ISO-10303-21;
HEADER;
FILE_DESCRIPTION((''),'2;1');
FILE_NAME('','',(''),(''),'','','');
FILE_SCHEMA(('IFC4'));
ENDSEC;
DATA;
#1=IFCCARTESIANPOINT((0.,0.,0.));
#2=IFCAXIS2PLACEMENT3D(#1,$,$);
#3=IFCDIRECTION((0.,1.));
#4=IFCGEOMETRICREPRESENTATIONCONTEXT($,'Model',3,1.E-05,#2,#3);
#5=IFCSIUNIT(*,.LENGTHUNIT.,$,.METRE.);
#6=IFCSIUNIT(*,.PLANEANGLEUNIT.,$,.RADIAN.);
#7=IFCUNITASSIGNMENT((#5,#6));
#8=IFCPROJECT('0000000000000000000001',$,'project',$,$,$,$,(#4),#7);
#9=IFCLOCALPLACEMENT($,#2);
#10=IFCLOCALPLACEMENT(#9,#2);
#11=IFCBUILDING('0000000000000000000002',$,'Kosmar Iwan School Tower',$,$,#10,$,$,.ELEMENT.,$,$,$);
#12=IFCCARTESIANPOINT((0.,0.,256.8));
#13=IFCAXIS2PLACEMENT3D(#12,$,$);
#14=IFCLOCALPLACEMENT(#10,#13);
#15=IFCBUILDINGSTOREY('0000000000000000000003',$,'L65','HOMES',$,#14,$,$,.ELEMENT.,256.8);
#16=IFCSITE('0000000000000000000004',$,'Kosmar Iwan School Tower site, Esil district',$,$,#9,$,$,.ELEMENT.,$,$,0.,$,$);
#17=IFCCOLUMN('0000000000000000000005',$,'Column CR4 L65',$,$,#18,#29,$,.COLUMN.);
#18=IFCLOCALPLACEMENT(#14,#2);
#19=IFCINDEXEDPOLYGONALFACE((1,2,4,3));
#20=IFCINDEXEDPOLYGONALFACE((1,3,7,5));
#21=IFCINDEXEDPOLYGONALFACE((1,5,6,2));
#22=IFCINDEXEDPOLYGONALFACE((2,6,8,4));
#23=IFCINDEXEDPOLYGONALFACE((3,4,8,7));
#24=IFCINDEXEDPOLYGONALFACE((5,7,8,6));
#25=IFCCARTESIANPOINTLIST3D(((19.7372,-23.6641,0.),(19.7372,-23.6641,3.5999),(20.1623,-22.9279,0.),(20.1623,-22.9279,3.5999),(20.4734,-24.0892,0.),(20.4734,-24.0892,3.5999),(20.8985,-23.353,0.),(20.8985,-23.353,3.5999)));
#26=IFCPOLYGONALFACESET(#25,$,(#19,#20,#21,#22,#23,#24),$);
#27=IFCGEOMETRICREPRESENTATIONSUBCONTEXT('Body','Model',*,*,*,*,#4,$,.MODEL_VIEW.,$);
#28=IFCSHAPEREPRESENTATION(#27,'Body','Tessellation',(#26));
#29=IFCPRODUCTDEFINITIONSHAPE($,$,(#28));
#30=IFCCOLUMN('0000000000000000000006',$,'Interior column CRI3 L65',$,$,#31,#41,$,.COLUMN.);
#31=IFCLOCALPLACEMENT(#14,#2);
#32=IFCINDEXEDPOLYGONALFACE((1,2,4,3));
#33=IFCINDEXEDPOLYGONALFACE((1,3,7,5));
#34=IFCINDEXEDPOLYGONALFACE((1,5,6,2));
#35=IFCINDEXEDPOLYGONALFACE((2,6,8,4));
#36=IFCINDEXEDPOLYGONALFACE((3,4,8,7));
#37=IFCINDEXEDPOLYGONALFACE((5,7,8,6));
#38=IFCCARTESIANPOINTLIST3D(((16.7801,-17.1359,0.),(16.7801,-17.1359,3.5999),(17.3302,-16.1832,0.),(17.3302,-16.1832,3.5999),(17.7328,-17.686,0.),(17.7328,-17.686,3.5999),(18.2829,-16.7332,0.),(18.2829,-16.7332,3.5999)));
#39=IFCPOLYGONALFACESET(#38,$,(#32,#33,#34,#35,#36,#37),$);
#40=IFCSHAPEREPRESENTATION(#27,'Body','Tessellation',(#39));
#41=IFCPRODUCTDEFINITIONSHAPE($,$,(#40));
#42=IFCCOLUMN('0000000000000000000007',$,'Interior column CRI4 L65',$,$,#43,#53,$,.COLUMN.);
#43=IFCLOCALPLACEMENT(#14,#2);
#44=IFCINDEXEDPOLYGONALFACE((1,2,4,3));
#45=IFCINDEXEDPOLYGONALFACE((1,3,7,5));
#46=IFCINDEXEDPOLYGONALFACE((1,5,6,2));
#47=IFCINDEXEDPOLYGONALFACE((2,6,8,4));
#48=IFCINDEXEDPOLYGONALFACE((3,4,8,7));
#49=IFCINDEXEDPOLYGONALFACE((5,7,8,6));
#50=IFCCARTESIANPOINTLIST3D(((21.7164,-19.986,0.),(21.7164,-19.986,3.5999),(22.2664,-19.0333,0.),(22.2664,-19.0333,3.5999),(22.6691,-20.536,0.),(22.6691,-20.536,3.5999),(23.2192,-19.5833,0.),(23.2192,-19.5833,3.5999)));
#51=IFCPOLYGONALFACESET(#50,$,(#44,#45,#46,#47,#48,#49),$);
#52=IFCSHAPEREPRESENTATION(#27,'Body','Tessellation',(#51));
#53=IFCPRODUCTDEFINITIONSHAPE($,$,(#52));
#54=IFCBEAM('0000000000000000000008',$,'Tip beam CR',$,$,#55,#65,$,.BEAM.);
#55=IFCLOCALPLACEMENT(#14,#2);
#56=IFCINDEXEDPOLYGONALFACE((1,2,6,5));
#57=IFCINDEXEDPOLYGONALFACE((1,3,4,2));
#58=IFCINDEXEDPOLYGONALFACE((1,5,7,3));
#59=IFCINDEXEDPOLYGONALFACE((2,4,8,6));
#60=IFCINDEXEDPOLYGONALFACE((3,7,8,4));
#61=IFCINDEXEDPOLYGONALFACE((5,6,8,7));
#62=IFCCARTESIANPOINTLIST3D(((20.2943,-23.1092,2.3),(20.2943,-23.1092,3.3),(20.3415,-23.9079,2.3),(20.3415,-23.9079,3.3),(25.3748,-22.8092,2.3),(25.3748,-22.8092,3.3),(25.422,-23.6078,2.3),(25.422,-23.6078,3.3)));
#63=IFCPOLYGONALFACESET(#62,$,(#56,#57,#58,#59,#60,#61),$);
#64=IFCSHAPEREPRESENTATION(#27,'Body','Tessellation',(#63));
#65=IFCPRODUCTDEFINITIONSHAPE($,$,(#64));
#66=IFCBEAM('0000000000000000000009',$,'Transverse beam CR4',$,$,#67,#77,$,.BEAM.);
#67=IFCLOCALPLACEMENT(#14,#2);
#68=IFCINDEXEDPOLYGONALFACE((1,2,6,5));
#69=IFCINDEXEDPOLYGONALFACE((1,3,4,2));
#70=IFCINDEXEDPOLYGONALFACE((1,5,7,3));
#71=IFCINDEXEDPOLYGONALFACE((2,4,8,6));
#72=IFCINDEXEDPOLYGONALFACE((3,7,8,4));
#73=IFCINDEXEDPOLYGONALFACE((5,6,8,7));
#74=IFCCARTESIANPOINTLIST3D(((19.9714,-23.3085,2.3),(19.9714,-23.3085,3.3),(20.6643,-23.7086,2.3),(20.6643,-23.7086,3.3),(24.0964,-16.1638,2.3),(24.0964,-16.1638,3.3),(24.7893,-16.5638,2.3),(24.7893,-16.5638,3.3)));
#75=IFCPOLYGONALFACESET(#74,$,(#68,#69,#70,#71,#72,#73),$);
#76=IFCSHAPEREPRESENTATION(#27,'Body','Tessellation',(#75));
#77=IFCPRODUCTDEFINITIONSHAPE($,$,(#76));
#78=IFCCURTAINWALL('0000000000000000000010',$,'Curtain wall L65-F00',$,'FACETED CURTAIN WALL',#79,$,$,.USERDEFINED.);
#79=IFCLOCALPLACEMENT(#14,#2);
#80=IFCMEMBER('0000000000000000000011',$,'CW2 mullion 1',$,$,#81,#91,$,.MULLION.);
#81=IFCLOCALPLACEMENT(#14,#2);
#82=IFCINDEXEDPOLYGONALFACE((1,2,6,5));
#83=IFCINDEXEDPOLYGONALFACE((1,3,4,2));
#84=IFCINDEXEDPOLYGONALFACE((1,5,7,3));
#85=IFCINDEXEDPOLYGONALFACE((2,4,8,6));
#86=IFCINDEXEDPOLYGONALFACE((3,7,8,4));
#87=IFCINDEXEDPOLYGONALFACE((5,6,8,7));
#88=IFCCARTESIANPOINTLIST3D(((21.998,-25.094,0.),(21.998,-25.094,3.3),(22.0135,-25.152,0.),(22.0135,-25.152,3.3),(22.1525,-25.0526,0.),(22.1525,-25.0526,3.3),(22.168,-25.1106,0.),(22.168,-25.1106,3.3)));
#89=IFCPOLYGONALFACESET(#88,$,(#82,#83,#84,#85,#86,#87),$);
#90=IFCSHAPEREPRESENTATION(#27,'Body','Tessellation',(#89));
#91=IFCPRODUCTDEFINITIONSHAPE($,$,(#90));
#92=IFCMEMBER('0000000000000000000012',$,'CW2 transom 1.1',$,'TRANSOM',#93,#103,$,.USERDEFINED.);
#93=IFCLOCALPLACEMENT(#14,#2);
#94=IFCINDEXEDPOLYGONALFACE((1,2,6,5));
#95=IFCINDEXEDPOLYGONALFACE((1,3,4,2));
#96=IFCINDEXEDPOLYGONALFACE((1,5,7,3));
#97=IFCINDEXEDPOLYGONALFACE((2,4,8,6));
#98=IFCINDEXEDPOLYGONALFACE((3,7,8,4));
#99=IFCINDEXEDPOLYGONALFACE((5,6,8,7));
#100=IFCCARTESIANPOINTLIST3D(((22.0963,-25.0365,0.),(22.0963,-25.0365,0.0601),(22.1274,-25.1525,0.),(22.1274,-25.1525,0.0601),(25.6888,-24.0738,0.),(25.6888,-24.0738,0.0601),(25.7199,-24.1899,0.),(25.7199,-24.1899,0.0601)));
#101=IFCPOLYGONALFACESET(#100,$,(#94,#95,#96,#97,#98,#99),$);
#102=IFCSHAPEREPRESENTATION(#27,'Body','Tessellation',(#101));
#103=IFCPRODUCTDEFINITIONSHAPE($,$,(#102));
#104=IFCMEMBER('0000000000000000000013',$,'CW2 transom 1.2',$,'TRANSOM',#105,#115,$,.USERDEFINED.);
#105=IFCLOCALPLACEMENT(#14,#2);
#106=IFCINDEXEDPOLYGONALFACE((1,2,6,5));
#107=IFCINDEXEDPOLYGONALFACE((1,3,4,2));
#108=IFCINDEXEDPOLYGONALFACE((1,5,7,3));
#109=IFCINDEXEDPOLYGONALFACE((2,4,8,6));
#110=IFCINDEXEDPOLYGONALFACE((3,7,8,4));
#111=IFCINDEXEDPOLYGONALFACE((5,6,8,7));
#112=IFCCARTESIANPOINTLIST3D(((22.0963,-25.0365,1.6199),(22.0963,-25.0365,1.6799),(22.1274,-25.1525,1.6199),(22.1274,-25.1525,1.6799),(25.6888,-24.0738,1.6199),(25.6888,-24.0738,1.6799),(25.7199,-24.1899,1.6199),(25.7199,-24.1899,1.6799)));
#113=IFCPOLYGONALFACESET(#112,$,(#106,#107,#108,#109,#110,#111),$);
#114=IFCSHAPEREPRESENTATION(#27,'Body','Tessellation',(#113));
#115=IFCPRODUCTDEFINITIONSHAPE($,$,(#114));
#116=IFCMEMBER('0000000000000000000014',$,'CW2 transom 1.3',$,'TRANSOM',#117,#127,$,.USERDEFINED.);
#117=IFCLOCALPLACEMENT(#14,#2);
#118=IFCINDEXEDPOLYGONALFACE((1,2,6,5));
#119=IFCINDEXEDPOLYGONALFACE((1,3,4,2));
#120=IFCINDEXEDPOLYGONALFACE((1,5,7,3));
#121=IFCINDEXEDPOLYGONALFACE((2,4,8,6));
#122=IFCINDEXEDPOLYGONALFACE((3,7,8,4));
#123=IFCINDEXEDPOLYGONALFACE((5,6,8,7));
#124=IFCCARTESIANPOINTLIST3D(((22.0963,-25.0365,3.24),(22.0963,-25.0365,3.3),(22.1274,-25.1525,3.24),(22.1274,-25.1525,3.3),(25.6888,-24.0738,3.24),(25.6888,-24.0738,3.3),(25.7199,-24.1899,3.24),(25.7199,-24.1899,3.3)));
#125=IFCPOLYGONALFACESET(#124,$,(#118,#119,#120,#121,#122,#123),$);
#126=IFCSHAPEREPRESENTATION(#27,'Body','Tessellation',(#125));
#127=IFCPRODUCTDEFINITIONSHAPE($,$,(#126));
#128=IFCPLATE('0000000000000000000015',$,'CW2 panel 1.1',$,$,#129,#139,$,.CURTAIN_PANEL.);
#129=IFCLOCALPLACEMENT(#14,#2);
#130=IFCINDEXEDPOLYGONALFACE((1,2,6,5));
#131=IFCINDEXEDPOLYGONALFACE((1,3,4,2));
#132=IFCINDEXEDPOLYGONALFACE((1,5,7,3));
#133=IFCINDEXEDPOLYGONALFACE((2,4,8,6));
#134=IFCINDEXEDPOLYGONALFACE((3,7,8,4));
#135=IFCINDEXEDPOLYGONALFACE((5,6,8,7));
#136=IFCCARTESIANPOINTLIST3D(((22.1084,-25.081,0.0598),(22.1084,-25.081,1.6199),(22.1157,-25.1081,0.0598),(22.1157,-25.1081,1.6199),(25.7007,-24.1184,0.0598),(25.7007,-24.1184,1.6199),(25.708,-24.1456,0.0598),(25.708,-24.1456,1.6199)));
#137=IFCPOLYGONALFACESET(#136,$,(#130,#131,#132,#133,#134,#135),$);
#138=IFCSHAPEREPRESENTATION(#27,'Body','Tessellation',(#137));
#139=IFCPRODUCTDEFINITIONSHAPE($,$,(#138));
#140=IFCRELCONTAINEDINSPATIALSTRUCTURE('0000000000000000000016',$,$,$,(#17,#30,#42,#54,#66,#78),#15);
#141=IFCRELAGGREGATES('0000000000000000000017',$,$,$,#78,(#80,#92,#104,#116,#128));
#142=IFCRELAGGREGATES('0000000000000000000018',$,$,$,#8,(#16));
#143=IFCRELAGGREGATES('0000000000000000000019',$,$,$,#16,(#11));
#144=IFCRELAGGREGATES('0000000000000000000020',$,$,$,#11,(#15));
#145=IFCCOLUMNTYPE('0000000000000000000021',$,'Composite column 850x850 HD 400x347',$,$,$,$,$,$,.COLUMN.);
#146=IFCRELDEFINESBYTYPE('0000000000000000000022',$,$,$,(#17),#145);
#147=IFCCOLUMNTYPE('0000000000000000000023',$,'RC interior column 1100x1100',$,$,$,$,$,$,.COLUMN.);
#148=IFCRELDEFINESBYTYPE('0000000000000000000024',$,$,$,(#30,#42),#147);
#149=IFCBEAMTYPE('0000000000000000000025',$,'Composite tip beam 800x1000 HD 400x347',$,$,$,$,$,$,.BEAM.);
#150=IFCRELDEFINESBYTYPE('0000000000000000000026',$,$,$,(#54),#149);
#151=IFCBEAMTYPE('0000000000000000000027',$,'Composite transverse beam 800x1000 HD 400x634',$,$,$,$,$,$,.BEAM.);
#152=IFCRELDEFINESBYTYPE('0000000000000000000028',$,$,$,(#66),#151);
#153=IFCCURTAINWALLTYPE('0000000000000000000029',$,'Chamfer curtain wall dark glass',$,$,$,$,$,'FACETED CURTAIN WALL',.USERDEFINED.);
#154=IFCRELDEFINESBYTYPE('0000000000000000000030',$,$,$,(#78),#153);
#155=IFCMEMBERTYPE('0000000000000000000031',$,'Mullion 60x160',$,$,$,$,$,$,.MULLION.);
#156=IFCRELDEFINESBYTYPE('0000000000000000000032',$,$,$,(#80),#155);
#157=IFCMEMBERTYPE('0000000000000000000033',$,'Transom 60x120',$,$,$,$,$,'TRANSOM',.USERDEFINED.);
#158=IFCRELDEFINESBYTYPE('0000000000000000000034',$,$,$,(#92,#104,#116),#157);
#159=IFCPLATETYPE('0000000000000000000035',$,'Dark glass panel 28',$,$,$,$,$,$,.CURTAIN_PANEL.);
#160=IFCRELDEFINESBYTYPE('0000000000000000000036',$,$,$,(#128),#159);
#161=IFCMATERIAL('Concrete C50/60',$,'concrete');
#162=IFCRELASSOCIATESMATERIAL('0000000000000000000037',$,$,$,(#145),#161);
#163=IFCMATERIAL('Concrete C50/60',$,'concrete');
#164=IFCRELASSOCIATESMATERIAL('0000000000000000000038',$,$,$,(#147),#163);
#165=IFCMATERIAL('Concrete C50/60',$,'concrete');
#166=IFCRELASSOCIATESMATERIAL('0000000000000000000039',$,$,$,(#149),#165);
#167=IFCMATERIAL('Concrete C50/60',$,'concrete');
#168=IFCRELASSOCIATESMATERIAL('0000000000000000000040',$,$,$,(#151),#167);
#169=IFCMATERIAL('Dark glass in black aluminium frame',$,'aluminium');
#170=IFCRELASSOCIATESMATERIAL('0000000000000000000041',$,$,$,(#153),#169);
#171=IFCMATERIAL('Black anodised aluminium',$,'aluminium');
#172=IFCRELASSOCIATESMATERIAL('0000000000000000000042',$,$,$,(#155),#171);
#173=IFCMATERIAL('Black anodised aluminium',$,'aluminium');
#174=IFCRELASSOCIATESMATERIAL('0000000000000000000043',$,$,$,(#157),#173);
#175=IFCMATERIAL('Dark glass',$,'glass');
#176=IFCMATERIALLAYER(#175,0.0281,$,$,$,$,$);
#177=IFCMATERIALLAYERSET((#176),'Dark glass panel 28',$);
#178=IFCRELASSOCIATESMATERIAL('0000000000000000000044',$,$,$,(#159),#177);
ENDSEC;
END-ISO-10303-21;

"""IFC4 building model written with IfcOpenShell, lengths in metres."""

from ifc_helpers import new_model, si_unit, direction, frame, origin, origin_2d, place, context, subcontext, project, spatial, rectangle, extrude, material, layer, layer_set, material_profile, profile_set, type_object, element, aggregate, save


model = new_model("IFC4")

# Units and contexts
model_context = context("Model", 3, precision=1e-05, world=origin(), true_north=direction((0.0, 1.0)))
body_context = subcontext(model_context, "Body", "Model", "MODEL_VIEW")
ifc_project = project(units=[si_unit("LENGTHUNIT", "METRE"), si_unit("PLANEANGLEUNIT", "RADIAN")], contexts=[model_context])

# Site, building, storey
site_placement = place(None, origin())
site = spatial("IfcSite", under=ifc_project, at=site_placement, Name="Kosmar Iwan School Tower site, Esil district", CompositionType="ELEMENT", RefElevation=0.0)
building_placement = place(site_placement, origin())
building = spatial("IfcBuilding", under=site, at=building_placement, Name="Kosmar Iwan School Tower", CompositionType="ELEMENT")
storey_placement = place(building_placement, frame((0.0, 0.0, 256.8)))
storey = spatial("IfcBuildingStorey", under=building, at=storey_placement, Name="L65", Description="HOMES", CompositionType="ELEMENT", Elevation=256.8)

# Columns
ifc_material_1 = material(Name="Concrete C50/60", Category="concrete")
ifc_material_profile_1 = material_profile(ifc_material_1, rectangle(XDim=0.8501, YDim=0.8501, at=origin_2d()), Name="RC 850x850 + HD 400x347")
ifc_profile_set_1 = profile_set([ifc_material_profile_1], Name="Concrete C50/60")
column_type_1 = type_object("IfcColumnType", Name="Composite column 850x850 HD 400x347", PredefinedType="COLUMN", material=ifc_profile_set_1)
column_placement = place(storey_placement, frame((20.3179, -23.5085, 0.0), z_axis=(0.0, 0.0, 1.0), x_axis=(0.866025, -0.5, 0.0)))
element("IfcColumn", 1, at=column_placement, inside=storey, type_object=column_type_1, Name="Column CR4 L65", PredefinedType="COLUMN", context=body_context, shape_type="SweptSolid", body=[
    extrude(rectangle(XDim=0.8501, YDim=0.8501, at=origin_2d()), origin(), (0.0, 0.0, 1.0), 3.5999),
])
ifc_material_2 = material(Name="Concrete C50/60", Category="concrete")
ifc_material_profile_2 = material_profile(ifc_material_2, rectangle(XDim=1.1001, YDim=1.1001, at=origin_2d()), Name="RC 1100x1100")
ifc_profile_set_2 = profile_set([ifc_material_profile_2], Name="Concrete C50/60")
column_type_2 = type_object("IfcColumnType", Name="RC interior column 1100x1100", PredefinedType="COLUMN", material=ifc_profile_set_2)
for number, where, z_axis, x_axis, name in (
    (2, (17.5315, -16.9346, 0.0), (0.0, 0.0, 1.0), (0.866025, -0.5, 0.0), "Interior column CRI3 L65"),
    (3, (22.4678, -19.7847, 0.0), (0.0, 0.0, 1.0), (0.866025, -0.5, 0.0), "Interior column CRI4 L65"),
):
    element("IfcColumn", number, at=place(storey_placement, frame(where, z_axis=z_axis, x_axis=x_axis)), inside=storey, type_object=column_type_2, Name=name, PredefinedType="COLUMN", context=body_context, shape_type="SweptSolid", body=[
        extrude(rectangle(XDim=1.1001, YDim=1.1001, at=origin_2d()), origin(), (0.0, 0.0, 1.0), 3.5999),
    ])

# Beams
ifc_material_3 = material(Name="Concrete C50/60", Category="concrete")
ifc_material_profile_3 = material_profile(ifc_material_3, rectangle(XDim=0.8, YDim=1.0, at=origin_2d()), Name="RC 800x1000 + HD 400x347")
ifc_profile_set_3 = profile_set([ifc_material_profile_3], Name="Concrete C50/60")
beam_type_1 = type_object("IfcBeamType", Name="Composite tip beam 800x1000 HD 400x347", PredefinedType="BEAM", material=ifc_profile_set_3)
beam_1_placement = place(storey_placement, frame((20.3179, -23.5085, 2.8), z_axis=(0.998261, 0.058955, 0.0), x_axis=(-0.058955, 0.998261, 0.0)))
element("IfcBeam", 4, at=beam_1_placement, inside=storey, type_object=beam_type_1, Name="Tip beam CR", PredefinedType="BEAM", context=body_context, shape_type="SweptSolid", body=[
    extrude(rectangle(XDim=0.8, YDim=1.0, at=origin_2d()), origin(), (0.0, 0.0, 1.0), 5.0894),
])
ifc_material_4 = material(Name="Concrete C50/60", Category="concrete")
ifc_material_profile_4 = material_profile(ifc_material_4, rectangle(XDim=0.8, YDim=1.0, at=origin_2d()), Name="RC 800x1000 + HD 400x634")
ifc_profile_set_4 = profile_set([ifc_material_profile_4], Name="Concrete C50/60")
beam_type_2 = type_object("IfcBeamType", Name="Composite transverse beam 800x1000 HD 400x634", PredefinedType="BEAM", material=ifc_profile_set_4)
beam_2_placement = place(storey_placement, frame((20.3179, -23.5085, 2.8), z_axis=(0.499997, 0.866027, 0.0), x_axis=(-0.866027, 0.499997, 0.0)))
element("IfcBeam", 5, at=beam_2_placement, inside=storey, type_object=beam_type_2, Name="Transverse beam CR4", PredefinedType="BEAM", context=body_context, shape_type="SweptSolid", body=[
    extrude(rectangle(XDim=0.8, YDim=1.0, at=origin_2d()), origin(), (0.0, 0.0, 1.0), 8.25),
])

# Curtain wall, members, plate
ifc_material_5 = material(Name="Dark glass in black aluminium frame", Category="aluminium")
curtain_wall_type = type_object("IfcCurtainWallType", Name="Chamfer curtain wall dark glass", ElementType="FACETED CURTAIN WALL", PredefinedType="USERDEFINED", material=ifc_material_5)
curtain_wall_placement = place(storey_placement, origin())
curtain_wall = element("IfcCurtainWall", 6, at=curtain_wall_placement, inside=storey, type_object=curtain_wall_type, Name="Curtain wall L65-F00", ObjectType="FACETED CURTAIN WALL", PredefinedType="USERDEFINED")
ifc_material_6 = material(Name="Black anodised aluminium", Category="aluminium")
ifc_material_profile_5 = material_profile(ifc_material_6, rectangle(XDim=0.0601, YDim=0.1599, at=origin_2d()), Name="MULLION 60x160")
ifc_profile_set_5 = profile_set([ifc_material_profile_5], Name="Black anodised aluminium")
member_type_1 = type_object("IfcMemberType", Name="Mullion 60x160", PredefinedType="MULLION", material=ifc_profile_set_5)
member_1_placement = place(storey_placement, frame((22.083, -25.1023, 0.0), z_axis=(0.0, 0.0, 1.0), x_axis=(-0.258819, 0.965926, 0.0)))
member_1 = element("IfcMember", 7, at=member_1_placement, type_object=member_type_1, Name="CW2 mullion 1", PredefinedType="MULLION", context=body_context, shape_type="SweptSolid", body=[
    extrude(rectangle(XDim=0.0601, YDim=0.1599, at=origin_2d()), origin(), (0.0, 0.0, 1.0), 3.3),
])
ifc_material_7 = material(Name="Black anodised aluminium", Category="aluminium")
ifc_material_profile_6 = material_profile(ifc_material_7, rectangle(XDim=0.1201, YDim=0.0601, at=origin_2d()), Name="TRANSOM 60x120")
ifc_profile_set_6 = profile_set([ifc_material_profile_6], Name="Black anodised aluminium")
member_type_2 = type_object("IfcMemberType", Name="Transom 60x120", ElementType="TRANSOM", PredefinedType="USERDEFINED", material=ifc_profile_set_6)
member_2_placement = place(storey_placement, frame((22.1118, -25.0945, 0.03), z_axis=(0.965924, 0.258827, 0.0), x_axis=(-0.258827, 0.965924, 0.0)))
member_2 = element("IfcMember", 8, at=member_2_placement, type_object=member_type_2, Name="CW2 transom 1.1", ObjectType="TRANSOM", PredefinedType="USERDEFINED", context=body_context, shape_type="SweptSolid", body=[
    extrude(rectangle(XDim=0.1201, YDim=0.0601, at=origin_2d()), origin(), (0.0, 0.0, 1.0), 3.7192),
])
member_3_placement = place(storey_placement, frame((22.1118, -25.0945, 1.6499), z_axis=(0.965924, 0.258827, 0.0), x_axis=(-0.258827, 0.965924, 0.0)))
member_3 = element("IfcMember", 9, at=member_3_placement, type_object=member_type_2, Name="CW2 transom 1.2", ObjectType="TRANSOM", PredefinedType="USERDEFINED", context=body_context, shape_type="SweptSolid", body=[
    extrude(rectangle(XDim=0.1201, YDim=0.0601, at=origin_2d()), origin(), (0.0, 0.0, 1.0), 3.7192),
])
member_4_placement = place(storey_placement, frame((22.1118, -25.0945, 3.27), z_axis=(0.965924, 0.258827, 0.0), x_axis=(-0.258827, 0.965924, 0.0)))
member_4 = element("IfcMember", 10, at=member_4_placement, type_object=member_type_2, Name="CW2 transom 1.3", ObjectType="TRANSOM", PredefinedType="USERDEFINED", context=body_context, shape_type="SweptSolid", body=[
    extrude(rectangle(XDim=0.1201, YDim=0.0601, at=origin_2d()), origin(), (0.0, 0.0, 1.0), 3.7192),
])
ifc_material_8 = material(Name="Dark glass", Category="glass")
ifc_layer_1 = layer(ifc_material_8, 0.0281)
ifc_layer_set_1 = layer_set([ifc_layer_1], Name="Dark glass panel 28")
plate_type = type_object("IfcPlateType", Name="Dark glass panel 28", PredefinedType="CURTAIN_PANEL", material=ifc_layer_set_1)
plate_placement = place(storey_placement, frame((23.9082, -24.6133, 0.0598), z_axis=(0.0, 0.0, 1.0), x_axis=(0.965926, 0.258819, 0.0)))
plate = element("IfcPlate", 11, at=plate_placement, type_object=plate_type, Name="CW2 panel 1.1", PredefinedType="CURTAIN_PANEL", context=body_context, shape_type="SweptSolid", body=[
    extrude(rectangle(XDim=3.719, YDim=0.0281, at=origin_2d()), origin(), (0.0, 0.0, 1.0), 1.5601),
])
aggregate(curtain_wall, [member_1, member_2, member_3, member_4, plate])

save(model, "model.ifc")
